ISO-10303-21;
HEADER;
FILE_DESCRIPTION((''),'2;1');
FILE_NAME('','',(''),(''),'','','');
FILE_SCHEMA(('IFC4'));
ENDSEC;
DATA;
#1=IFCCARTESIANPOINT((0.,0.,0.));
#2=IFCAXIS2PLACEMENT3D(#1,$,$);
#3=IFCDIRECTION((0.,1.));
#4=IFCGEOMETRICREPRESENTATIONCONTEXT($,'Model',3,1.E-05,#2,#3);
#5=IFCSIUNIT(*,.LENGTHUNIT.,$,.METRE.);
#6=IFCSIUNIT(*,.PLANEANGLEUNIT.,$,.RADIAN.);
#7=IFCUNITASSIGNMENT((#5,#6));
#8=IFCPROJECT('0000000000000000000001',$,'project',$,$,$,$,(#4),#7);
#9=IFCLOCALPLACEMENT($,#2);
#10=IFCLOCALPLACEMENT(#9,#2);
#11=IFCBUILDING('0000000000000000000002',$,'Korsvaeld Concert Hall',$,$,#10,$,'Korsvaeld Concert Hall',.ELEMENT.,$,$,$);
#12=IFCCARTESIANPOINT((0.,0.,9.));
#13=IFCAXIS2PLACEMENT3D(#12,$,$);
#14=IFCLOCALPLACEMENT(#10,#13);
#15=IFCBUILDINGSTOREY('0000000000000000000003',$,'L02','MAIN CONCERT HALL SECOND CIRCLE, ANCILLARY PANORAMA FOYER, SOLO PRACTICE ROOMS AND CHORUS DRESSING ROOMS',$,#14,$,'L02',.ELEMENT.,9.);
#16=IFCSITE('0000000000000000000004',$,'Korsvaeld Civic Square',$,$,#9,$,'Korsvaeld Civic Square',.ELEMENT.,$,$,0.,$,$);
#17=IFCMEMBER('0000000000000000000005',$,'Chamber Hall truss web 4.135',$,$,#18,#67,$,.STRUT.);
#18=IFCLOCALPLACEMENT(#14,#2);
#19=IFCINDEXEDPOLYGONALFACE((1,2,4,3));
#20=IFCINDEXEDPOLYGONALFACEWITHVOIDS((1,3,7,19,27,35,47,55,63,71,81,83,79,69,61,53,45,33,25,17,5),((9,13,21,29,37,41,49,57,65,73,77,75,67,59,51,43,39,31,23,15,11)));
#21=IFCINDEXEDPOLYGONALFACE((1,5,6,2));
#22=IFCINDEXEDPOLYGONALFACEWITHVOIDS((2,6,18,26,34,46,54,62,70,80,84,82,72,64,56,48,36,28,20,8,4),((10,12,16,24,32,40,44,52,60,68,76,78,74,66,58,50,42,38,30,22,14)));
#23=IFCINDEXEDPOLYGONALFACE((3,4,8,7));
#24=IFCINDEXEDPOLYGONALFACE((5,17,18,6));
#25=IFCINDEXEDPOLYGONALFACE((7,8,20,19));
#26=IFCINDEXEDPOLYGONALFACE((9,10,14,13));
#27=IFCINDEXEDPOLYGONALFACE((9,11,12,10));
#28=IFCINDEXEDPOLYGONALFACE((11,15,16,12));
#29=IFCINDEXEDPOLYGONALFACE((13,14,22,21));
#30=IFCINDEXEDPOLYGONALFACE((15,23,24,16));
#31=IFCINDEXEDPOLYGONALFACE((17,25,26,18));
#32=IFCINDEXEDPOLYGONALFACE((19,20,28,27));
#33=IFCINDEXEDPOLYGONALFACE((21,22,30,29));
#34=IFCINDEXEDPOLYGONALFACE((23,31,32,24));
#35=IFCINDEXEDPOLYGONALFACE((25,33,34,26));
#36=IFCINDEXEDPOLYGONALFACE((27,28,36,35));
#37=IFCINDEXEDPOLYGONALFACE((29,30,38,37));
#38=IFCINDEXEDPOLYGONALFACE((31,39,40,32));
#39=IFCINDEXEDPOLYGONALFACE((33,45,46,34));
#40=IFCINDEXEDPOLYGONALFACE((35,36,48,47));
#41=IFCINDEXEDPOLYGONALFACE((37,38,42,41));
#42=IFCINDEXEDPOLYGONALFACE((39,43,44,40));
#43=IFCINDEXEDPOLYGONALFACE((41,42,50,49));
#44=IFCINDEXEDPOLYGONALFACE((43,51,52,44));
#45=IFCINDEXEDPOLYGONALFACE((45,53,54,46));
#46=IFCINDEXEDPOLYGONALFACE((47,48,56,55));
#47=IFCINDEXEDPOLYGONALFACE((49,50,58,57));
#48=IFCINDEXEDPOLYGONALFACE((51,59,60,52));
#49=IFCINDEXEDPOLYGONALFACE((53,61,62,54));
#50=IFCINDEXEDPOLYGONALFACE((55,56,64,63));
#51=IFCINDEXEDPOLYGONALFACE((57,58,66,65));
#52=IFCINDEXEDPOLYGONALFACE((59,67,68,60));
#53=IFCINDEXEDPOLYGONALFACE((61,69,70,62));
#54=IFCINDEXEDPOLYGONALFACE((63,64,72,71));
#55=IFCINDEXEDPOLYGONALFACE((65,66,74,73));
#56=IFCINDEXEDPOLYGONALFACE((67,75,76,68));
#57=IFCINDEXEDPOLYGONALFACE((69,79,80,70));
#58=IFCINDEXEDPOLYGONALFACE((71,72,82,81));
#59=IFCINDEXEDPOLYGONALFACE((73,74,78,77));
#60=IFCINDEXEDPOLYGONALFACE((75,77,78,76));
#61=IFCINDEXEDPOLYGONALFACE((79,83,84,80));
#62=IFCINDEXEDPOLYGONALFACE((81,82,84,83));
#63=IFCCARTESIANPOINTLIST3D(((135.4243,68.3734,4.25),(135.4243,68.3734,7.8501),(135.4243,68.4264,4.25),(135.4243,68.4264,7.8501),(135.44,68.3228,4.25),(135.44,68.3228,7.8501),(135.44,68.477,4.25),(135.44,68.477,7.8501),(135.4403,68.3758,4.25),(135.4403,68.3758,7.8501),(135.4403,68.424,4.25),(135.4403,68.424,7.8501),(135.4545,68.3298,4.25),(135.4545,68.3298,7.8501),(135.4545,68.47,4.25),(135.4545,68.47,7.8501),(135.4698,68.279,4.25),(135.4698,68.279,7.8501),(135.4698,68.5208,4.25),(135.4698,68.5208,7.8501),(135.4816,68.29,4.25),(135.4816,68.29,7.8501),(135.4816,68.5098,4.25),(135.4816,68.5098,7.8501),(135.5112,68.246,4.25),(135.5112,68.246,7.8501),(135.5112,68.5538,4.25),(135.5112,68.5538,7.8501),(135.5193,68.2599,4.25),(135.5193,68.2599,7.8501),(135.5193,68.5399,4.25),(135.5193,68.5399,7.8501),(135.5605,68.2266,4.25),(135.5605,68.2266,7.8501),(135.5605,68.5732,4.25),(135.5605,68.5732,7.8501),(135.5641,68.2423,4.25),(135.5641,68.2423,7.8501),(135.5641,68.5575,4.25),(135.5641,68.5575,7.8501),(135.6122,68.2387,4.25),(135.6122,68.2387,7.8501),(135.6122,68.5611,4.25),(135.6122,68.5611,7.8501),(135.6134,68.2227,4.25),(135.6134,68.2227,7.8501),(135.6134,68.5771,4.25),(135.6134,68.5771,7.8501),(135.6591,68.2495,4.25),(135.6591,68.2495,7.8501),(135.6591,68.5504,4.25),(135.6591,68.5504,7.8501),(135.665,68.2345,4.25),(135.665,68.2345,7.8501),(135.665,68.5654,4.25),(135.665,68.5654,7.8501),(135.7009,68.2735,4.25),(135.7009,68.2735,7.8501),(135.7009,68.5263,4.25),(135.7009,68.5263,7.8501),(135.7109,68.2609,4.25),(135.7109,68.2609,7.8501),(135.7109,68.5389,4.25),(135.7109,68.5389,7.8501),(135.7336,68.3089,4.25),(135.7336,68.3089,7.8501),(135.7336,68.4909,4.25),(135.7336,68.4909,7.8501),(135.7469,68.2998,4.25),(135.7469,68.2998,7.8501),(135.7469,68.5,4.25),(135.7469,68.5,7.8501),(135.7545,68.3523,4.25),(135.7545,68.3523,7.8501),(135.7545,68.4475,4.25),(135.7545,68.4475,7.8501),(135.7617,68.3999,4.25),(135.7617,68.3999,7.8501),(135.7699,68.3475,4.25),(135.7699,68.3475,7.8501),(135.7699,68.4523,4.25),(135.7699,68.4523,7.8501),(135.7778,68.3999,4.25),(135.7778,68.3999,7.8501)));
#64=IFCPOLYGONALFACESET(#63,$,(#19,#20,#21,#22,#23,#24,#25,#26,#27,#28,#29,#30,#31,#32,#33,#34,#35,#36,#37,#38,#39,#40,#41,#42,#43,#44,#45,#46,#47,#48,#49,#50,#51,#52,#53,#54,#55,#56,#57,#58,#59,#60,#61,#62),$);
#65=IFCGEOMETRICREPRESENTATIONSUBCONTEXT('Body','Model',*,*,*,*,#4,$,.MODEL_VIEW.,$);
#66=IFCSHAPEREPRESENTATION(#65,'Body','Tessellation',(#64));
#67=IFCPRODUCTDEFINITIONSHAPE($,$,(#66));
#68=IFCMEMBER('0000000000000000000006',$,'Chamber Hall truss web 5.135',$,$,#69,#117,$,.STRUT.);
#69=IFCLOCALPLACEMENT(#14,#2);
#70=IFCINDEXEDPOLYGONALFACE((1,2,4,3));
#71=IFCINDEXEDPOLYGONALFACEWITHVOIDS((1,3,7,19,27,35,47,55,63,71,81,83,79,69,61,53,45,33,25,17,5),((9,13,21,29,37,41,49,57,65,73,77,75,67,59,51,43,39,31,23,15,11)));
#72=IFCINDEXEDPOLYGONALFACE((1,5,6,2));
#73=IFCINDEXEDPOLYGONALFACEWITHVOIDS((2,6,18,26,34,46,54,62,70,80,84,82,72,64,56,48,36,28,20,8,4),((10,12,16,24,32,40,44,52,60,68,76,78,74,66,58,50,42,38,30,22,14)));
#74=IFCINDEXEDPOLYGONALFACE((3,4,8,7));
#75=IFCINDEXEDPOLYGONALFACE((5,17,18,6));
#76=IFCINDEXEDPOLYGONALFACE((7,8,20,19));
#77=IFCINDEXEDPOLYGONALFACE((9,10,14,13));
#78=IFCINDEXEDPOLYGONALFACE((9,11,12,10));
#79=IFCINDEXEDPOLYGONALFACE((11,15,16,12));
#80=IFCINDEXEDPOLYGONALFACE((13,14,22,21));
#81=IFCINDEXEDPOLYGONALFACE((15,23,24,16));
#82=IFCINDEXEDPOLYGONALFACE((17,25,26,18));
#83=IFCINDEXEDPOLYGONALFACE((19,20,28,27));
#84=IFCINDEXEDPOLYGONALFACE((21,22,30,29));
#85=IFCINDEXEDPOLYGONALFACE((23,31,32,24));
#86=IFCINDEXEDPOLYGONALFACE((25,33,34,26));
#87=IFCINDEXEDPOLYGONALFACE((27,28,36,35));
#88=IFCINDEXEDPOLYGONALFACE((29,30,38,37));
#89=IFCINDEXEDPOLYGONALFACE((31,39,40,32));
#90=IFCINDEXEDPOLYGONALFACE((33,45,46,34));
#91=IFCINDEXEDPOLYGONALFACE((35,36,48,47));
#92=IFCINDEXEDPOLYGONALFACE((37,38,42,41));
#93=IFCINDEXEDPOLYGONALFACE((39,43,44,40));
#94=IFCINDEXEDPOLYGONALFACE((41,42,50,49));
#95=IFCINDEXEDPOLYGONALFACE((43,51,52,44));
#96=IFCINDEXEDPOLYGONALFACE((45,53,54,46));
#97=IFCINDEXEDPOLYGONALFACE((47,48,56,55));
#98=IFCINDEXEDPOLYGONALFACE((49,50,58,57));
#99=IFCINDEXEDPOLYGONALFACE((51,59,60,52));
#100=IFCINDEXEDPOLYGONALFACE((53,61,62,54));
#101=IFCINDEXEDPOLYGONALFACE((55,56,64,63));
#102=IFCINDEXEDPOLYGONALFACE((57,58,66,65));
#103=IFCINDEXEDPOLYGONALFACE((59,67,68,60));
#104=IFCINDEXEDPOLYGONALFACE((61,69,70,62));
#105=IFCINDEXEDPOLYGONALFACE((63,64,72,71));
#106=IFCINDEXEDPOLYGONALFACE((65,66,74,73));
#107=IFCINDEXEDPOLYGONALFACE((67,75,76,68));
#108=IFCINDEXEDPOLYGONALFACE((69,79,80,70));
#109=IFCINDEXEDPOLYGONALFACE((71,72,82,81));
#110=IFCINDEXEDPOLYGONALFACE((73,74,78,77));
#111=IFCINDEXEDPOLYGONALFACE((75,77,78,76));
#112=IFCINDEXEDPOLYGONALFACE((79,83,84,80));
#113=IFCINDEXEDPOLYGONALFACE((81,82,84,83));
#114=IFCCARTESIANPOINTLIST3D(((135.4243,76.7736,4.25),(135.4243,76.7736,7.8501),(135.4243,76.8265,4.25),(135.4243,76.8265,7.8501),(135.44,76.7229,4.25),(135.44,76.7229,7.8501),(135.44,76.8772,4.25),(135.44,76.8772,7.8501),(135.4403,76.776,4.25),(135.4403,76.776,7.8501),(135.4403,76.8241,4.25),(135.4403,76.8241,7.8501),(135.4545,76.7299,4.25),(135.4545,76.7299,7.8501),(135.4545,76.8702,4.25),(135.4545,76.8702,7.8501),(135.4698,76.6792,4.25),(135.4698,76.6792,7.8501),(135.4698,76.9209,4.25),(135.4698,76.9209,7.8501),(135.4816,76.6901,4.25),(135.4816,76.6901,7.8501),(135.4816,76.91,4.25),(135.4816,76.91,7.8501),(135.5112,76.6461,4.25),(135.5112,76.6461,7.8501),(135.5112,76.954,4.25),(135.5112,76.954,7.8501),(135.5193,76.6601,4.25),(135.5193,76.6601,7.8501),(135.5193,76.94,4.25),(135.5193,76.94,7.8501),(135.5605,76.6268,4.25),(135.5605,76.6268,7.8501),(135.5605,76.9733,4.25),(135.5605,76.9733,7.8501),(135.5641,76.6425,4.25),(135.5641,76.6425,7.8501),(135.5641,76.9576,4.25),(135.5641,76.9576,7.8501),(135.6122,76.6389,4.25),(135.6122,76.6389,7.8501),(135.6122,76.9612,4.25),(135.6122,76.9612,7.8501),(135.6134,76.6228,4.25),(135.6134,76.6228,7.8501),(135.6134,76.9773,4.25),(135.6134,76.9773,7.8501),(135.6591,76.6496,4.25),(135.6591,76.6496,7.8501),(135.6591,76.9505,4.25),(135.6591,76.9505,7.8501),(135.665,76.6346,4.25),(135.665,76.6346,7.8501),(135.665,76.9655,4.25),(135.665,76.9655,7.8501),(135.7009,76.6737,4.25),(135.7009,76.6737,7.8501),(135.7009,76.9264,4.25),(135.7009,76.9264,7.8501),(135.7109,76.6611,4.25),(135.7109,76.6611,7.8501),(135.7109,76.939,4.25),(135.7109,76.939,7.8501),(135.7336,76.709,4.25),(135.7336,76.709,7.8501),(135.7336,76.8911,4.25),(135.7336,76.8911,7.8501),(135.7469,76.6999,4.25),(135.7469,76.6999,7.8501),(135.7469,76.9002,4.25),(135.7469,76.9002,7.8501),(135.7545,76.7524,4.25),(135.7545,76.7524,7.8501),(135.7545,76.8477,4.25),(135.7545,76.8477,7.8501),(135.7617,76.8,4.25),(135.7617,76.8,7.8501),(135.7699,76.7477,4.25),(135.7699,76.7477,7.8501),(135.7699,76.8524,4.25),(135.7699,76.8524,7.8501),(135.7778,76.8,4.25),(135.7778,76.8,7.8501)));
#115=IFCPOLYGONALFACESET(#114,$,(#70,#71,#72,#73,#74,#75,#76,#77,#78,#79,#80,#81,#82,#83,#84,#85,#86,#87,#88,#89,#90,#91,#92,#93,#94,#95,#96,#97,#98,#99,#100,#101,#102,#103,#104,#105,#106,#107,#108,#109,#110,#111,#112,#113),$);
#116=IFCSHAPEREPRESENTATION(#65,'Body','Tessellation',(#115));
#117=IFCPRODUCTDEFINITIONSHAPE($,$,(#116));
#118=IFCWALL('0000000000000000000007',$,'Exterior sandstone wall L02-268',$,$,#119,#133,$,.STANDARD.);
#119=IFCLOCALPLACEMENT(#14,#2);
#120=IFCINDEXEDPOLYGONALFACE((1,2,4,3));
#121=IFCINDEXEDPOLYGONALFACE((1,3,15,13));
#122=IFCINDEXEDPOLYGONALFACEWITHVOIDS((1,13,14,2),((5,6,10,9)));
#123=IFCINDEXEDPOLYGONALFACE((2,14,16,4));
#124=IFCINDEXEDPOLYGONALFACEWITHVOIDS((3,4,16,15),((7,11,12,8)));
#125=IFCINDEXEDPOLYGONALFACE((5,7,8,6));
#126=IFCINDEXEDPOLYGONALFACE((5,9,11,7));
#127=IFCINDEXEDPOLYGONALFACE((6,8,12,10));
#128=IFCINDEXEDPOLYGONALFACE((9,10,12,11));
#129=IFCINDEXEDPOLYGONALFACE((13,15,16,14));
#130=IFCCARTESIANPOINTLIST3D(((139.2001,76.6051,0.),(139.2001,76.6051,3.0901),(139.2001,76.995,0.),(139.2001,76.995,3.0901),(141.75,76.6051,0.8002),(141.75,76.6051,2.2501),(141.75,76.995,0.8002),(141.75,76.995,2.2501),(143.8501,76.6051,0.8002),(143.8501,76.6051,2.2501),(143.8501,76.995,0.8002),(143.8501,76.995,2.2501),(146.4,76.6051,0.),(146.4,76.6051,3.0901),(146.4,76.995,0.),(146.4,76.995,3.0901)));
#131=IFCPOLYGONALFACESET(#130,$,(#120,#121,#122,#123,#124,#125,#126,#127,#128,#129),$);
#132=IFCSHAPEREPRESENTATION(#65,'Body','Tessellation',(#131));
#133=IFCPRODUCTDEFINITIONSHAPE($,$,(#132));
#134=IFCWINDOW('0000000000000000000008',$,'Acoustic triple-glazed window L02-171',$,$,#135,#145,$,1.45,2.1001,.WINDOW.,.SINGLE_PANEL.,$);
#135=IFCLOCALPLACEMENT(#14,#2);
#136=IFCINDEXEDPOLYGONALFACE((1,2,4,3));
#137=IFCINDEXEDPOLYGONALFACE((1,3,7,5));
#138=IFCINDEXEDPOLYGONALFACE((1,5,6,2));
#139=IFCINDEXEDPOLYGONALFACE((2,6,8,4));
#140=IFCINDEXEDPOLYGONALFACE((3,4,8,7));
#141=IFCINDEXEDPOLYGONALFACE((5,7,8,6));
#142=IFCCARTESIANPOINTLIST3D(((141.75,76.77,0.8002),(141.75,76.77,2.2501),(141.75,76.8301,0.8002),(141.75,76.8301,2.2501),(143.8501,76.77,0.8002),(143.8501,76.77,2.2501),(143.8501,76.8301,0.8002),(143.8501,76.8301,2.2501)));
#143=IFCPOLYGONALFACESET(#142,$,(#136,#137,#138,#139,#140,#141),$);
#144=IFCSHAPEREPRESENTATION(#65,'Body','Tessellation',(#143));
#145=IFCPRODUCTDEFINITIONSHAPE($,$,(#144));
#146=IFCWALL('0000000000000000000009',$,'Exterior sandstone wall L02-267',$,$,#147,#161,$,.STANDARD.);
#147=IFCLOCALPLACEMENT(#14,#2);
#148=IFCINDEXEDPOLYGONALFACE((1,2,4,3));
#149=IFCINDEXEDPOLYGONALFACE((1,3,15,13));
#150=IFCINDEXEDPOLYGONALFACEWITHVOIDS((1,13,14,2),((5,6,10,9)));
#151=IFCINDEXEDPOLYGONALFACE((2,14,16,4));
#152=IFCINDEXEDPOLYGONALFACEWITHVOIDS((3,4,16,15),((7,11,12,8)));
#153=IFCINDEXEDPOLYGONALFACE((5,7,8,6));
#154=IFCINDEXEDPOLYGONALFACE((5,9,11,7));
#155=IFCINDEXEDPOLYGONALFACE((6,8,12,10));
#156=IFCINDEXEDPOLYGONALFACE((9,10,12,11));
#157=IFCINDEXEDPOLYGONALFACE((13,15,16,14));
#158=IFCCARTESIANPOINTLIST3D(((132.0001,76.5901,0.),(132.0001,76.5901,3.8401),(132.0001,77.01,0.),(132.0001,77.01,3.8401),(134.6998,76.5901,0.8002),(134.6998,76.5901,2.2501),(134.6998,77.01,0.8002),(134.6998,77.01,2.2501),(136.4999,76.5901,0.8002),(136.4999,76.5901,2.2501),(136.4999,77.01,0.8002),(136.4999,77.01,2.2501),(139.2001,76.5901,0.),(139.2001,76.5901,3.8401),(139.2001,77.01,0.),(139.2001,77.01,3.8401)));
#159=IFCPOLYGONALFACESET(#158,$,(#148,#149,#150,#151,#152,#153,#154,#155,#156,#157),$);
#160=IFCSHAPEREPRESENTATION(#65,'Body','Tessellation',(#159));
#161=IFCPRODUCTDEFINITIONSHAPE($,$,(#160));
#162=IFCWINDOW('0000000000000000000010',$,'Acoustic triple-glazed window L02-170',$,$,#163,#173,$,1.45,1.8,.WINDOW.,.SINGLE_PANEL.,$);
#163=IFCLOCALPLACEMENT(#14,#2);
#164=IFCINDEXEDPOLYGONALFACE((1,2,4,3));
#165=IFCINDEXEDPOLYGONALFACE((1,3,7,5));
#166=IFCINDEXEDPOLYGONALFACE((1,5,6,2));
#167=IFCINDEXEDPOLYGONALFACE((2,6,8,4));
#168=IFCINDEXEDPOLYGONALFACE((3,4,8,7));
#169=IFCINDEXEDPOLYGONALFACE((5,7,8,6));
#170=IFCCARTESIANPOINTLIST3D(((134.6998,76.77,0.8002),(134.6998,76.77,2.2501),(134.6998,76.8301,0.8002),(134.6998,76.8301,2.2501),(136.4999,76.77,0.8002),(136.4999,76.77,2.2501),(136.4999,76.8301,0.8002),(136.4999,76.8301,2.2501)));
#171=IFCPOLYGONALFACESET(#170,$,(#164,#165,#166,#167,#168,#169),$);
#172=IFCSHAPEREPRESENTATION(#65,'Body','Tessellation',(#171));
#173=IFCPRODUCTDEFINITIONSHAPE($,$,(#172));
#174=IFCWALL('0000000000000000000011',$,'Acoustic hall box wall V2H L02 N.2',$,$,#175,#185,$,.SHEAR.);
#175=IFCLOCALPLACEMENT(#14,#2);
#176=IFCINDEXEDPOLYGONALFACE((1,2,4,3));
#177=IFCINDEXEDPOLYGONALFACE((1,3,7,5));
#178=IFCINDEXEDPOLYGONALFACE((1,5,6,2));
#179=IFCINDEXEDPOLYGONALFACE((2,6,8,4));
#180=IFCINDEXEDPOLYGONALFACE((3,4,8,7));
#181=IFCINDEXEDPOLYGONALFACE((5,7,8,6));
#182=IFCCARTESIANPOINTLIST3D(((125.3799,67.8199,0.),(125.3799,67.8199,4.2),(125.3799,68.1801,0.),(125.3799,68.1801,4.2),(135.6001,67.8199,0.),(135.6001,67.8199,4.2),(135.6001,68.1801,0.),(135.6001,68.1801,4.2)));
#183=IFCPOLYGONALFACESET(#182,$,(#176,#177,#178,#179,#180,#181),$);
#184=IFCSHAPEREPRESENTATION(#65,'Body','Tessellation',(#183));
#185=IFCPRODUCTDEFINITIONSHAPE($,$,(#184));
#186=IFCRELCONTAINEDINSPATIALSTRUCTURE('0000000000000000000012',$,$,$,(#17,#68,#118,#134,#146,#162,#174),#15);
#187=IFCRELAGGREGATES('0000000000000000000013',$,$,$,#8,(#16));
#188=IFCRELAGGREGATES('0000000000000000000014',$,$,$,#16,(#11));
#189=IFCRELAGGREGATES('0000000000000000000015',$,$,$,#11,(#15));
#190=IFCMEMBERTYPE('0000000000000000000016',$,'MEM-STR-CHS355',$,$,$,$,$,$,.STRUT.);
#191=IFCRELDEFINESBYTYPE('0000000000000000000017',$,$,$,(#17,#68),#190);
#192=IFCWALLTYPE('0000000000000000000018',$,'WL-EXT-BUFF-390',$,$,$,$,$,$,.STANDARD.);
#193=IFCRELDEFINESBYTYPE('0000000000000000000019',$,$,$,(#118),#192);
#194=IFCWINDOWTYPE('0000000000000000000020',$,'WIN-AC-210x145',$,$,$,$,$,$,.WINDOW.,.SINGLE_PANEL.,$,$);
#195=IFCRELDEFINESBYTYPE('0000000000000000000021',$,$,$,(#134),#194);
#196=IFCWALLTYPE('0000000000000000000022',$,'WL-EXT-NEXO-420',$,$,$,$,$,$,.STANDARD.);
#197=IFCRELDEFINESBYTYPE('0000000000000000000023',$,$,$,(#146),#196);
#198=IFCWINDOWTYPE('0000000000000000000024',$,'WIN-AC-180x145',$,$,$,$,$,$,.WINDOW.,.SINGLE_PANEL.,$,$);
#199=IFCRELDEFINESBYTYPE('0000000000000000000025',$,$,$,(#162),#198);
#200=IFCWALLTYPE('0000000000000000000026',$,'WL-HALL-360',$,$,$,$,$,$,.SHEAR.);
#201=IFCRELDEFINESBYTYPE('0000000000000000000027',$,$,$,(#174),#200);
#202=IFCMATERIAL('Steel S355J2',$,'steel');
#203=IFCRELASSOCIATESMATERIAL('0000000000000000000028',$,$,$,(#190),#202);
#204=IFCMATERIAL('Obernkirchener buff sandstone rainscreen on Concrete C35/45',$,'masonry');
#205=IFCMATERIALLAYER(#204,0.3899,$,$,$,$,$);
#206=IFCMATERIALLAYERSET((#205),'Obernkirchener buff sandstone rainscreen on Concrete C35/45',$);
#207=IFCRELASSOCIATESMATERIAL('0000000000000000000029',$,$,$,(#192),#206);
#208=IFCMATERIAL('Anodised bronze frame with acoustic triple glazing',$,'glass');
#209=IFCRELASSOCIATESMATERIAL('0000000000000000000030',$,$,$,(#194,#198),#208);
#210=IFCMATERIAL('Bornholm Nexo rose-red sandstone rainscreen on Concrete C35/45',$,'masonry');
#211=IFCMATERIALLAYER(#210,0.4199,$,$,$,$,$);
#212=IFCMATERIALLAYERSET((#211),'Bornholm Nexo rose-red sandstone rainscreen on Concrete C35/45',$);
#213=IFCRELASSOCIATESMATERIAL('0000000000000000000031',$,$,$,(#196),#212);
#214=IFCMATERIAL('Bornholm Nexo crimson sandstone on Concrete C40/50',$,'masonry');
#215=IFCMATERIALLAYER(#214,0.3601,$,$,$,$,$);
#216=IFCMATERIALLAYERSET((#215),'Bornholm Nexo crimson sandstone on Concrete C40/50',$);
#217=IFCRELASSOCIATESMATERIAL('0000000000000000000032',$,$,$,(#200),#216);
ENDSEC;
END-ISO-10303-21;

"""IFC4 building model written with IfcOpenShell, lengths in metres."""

from ifc_helpers import new_model, si_unit, direction, frame, frame_2d, origin, origin_2d, place, context, subcontext, project, spatial, rectangle, hollow_circle, extrude, material, layer, layer_set, material_profile, profile_set, type_object, element, fill, save


model = new_model("IFC4")

# Units and contexts
model_context = context("Model", 3, precision=1e-05, world=origin(), true_north=direction((0.0, 1.0)))
body_context = subcontext(model_context, "Body", "Model", "MODEL_VIEW")
ifc_project = project(units=[si_unit("LENGTHUNIT", "METRE"), si_unit("PLANEANGLEUNIT", "RADIAN")], contexts=[model_context])

# Site, building, storey
site_placement = place(None, origin())
site = spatial("IfcSite", under=ifc_project, at=site_placement, Name="Korsvaeld Civic Square", LongName="Korsvaeld Civic Square", CompositionType="ELEMENT", RefElevation=0.0)
building_placement = place(site_placement, origin())
building = spatial("IfcBuilding", under=site, at=building_placement, Name="Korsvaeld Concert Hall", LongName="Korsvaeld Concert Hall", CompositionType="ELEMENT")
storey_placement = place(building_placement, frame((0.0, 0.0, 9.0)))
storey = spatial("IfcBuildingStorey", under=building, at=storey_placement, Name="L02", Description="MAIN CONCERT HALL SECOND CIRCLE, ANCILLARY PANORAMA FOYER, SOLO PRACTICE ROOMS AND CHORUS DRESSING ROOMS", LongName="L02", CompositionType="ELEMENT", Elevation=9.0)

# Members
ifc_material_1 = material(Name="Steel S355J2", Category="steel")
ifc_material_profile_1 = material_profile(ifc_material_1, hollow_circle(Radius=0.1777, WallThickness=0.0161, at=origin_2d()), Name="CHS 355.6x16")
ifc_profile_set_1 = profile_set([ifc_material_profile_1], Name="Steel S355J2")
member_type_1 = type_object("IfcMemberType", Name="MEM-STR-CHS355", PredefinedType="STRUT", material=ifc_profile_set_1)
for number, where, z_axis, x_axis, name in (
    (1, (135.6001, 68.3999, 4.25), (0.0, 0.0, 1.0), (1.0, 0.0, 0.0), "Chamber Hall truss web 4.135"),
    (2, (135.6001, 76.8, 4.25), (0.0, 0.0, 1.0), (1.0, 0.0, 0.0), "Chamber Hall truss web 5.135"),
):
    element("IfcMember", number, at=place(storey_placement, frame(where, z_axis=z_axis, x_axis=x_axis)), inside=storey, type_object=member_type_1, Name=name, PredefinedType="STRUT", context=body_context, shape_type="SweptSolid", body=[
        extrude(hollow_circle(Radius=0.1777, WallThickness=0.0161, at=origin_2d()), origin(), (0.0, 0.0, 1.0), 3.6001),
    ])

# Walls, openings, windows
ifc_material_2 = material(Name="Obernkirchener buff sandstone rainscreen on Concrete C35/45", Category="masonry")
ifc_layer_1 = layer(ifc_material_2, 0.3899)
ifc_layer_set_1 = layer_set([ifc_layer_1], Name="Obernkirchener buff sandstone rainscreen on Concrete C35/45")
wall_type_1 = type_object("IfcWallType", Name="WL-EXT-BUFF-390", PredefinedType="STANDARD", material=ifc_layer_set_1)
wall_1_placement = place(storey_placement, frame((139.2, 76.8, 0.0), z_axis=(0.0, 0.0, 1.0), x_axis=(1.0, 0.0, 0.0)))
wall_1 = element("IfcWall", 3, at=wall_1_placement, inside=storey, type_object=wall_type_1, Name="Exterior sandstone wall L02-268", PredefinedType="STANDARD", context=body_context, shape_type="SweptSolid", body=[
    extrude(rectangle(XDim=7.2, YDim=0.3899, at=frame_2d((3.6001, 0.0))), origin(), (0.0, 0.0, 1.0), 3.0901),
])
opening_1_placement = place(wall_1_placement, frame((2.55, 0.0, 0.8)))
opening_1 = element("IfcOpeningElement", 4, at=opening_1_placement, cuts=wall_1, PredefinedType="OPENING", context=body_context, shape_type="SweptSolid", body=[
    extrude(rectangle(XDim=2.1001, YDim=1.45, at=frame_2d((1.05, 0.7251))), frame((0.0, 0.2051, 0.0), z_axis=(0.0, -1.0, 0.0), x_axis=(1.0, 0.0, 0.0)), (0.0, 0.0, 1.0), 0.4099),
])
ifc_material_3 = material(Name="Anodised bronze frame with acoustic triple glazing", Category="glass")
window_type_1 = type_object("IfcWindowType", Name="WIN-AC-210x145", PartitioningType="SINGLE_PANEL", PredefinedType="WINDOW", material=ifc_material_3)
window_1_placement = place(opening_1_placement, origin())
window_1 = element("IfcWindow", 5, at=window_1_placement, inside=storey, type_object=window_type_1, Name="Acoustic triple-glazed window L02-171", OverallHeight=1.45, OverallWidth=2.1001, PartitioningType="SINGLE_PANEL", PredefinedType="WINDOW", context=body_context, shape_type="SweptSolid", body=[
    extrude(rectangle(XDim=2.1001, YDim=1.45, at=frame_2d((1.05, 0.7251))), frame((0.0, 0.03, 0.0), z_axis=(0.0, -1.0, 0.0), x_axis=(1.0, 0.0, 0.0)), (0.0, 0.0, 1.0), 0.0601),
])
fill(opening_1, window_1)
ifc_material_4 = material(Name="Bornholm Nexo rose-red sandstone rainscreen on Concrete C35/45", Category="masonry")
ifc_layer_2 = layer(ifc_material_4, 0.4199)
ifc_layer_set_2 = layer_set([ifc_layer_2], Name="Bornholm Nexo rose-red sandstone rainscreen on Concrete C35/45")
wall_type_2 = type_object("IfcWallType", Name="WL-EXT-NEXO-420", PredefinedType="STANDARD", material=ifc_layer_set_2)
wall_2_placement = place(storey_placement, frame((132.0, 76.8, 0.0), z_axis=(0.0, 0.0, 1.0), x_axis=(1.0, 0.0, 0.0)))
wall_2 = element("IfcWall", 6, at=wall_2_placement, inside=storey, type_object=wall_type_2, Name="Exterior sandstone wall L02-267", PredefinedType="STANDARD", context=body_context, shape_type="SweptSolid", body=[
    extrude(rectangle(XDim=7.2, YDim=0.4199, at=frame_2d((3.6001, 0.0))), origin(), (0.0, 0.0, 1.0), 3.8401),
])
opening_2_placement = place(wall_2_placement, frame((2.7, 0.0, 0.8)))
opening_2 = element("IfcOpeningElement", 7, at=opening_2_placement, cuts=wall_2, PredefinedType="OPENING", context=body_context, shape_type="SweptSolid", body=[
    extrude(rectangle(XDim=1.8, YDim=1.45, at=frame_2d((0.8999, 0.7251))), frame((0.0, 0.22, 0.0), z_axis=(0.0, -1.0, 0.0), x_axis=(1.0, 0.0, 0.0)), (0.0, 0.0, 1.0), 0.4399),
])
window_type_2 = type_object("IfcWindowType", Name="WIN-AC-180x145", PartitioningType="SINGLE_PANEL", PredefinedType="WINDOW", material=ifc_material_3)
window_2_placement = place(opening_2_placement, origin())
window_2 = element("IfcWindow", 8, at=window_2_placement, inside=storey, type_object=window_type_2, Name="Acoustic triple-glazed window L02-170", OverallHeight=1.45, OverallWidth=1.8, PartitioningType="SINGLE_PANEL", PredefinedType="WINDOW", context=body_context, shape_type="SweptSolid", body=[
    extrude(rectangle(XDim=1.8, YDim=1.45, at=frame_2d((0.8999, 0.7251))), frame((0.0, 0.03, 0.0), z_axis=(0.0, -1.0, 0.0), x_axis=(1.0, 0.0, 0.0)), (0.0, 0.0, 1.0), 0.0601),
])
fill(opening_2, window_2)

# Wall
ifc_material_5 = material(Name="Bornholm Nexo crimson sandstone on Concrete C40/50", Category="masonry")
ifc_layer_3 = layer(ifc_material_5, 0.3601)
ifc_layer_set_3 = layer_set([ifc_layer_3], Name="Bornholm Nexo crimson sandstone on Concrete C40/50")
wall_type_3 = type_object("IfcWallType", Name="WL-HALL-360", PredefinedType="SHEAR", material=ifc_layer_set_3)
wall_3_placement = place(storey_placement, frame((135.6001, 68.0, 0.0), z_axis=(0.0, 0.0, 1.0), x_axis=(-1.0, 0.0, 0.0)))
element("IfcWall", 9, at=wall_3_placement, inside=storey, type_object=wall_type_3, Name="Acoustic hall box wall V2H L02 N.2", PredefinedType="SHEAR", context=body_context, shape_type="SweptSolid", body=[
    extrude(rectangle(XDim=10.2202, YDim=0.3601, at=frame_2d((5.1101, 0.0))), origin(), (0.0, 0.0, 1.0), 4.2),
])

save(model, "model.ifc")
